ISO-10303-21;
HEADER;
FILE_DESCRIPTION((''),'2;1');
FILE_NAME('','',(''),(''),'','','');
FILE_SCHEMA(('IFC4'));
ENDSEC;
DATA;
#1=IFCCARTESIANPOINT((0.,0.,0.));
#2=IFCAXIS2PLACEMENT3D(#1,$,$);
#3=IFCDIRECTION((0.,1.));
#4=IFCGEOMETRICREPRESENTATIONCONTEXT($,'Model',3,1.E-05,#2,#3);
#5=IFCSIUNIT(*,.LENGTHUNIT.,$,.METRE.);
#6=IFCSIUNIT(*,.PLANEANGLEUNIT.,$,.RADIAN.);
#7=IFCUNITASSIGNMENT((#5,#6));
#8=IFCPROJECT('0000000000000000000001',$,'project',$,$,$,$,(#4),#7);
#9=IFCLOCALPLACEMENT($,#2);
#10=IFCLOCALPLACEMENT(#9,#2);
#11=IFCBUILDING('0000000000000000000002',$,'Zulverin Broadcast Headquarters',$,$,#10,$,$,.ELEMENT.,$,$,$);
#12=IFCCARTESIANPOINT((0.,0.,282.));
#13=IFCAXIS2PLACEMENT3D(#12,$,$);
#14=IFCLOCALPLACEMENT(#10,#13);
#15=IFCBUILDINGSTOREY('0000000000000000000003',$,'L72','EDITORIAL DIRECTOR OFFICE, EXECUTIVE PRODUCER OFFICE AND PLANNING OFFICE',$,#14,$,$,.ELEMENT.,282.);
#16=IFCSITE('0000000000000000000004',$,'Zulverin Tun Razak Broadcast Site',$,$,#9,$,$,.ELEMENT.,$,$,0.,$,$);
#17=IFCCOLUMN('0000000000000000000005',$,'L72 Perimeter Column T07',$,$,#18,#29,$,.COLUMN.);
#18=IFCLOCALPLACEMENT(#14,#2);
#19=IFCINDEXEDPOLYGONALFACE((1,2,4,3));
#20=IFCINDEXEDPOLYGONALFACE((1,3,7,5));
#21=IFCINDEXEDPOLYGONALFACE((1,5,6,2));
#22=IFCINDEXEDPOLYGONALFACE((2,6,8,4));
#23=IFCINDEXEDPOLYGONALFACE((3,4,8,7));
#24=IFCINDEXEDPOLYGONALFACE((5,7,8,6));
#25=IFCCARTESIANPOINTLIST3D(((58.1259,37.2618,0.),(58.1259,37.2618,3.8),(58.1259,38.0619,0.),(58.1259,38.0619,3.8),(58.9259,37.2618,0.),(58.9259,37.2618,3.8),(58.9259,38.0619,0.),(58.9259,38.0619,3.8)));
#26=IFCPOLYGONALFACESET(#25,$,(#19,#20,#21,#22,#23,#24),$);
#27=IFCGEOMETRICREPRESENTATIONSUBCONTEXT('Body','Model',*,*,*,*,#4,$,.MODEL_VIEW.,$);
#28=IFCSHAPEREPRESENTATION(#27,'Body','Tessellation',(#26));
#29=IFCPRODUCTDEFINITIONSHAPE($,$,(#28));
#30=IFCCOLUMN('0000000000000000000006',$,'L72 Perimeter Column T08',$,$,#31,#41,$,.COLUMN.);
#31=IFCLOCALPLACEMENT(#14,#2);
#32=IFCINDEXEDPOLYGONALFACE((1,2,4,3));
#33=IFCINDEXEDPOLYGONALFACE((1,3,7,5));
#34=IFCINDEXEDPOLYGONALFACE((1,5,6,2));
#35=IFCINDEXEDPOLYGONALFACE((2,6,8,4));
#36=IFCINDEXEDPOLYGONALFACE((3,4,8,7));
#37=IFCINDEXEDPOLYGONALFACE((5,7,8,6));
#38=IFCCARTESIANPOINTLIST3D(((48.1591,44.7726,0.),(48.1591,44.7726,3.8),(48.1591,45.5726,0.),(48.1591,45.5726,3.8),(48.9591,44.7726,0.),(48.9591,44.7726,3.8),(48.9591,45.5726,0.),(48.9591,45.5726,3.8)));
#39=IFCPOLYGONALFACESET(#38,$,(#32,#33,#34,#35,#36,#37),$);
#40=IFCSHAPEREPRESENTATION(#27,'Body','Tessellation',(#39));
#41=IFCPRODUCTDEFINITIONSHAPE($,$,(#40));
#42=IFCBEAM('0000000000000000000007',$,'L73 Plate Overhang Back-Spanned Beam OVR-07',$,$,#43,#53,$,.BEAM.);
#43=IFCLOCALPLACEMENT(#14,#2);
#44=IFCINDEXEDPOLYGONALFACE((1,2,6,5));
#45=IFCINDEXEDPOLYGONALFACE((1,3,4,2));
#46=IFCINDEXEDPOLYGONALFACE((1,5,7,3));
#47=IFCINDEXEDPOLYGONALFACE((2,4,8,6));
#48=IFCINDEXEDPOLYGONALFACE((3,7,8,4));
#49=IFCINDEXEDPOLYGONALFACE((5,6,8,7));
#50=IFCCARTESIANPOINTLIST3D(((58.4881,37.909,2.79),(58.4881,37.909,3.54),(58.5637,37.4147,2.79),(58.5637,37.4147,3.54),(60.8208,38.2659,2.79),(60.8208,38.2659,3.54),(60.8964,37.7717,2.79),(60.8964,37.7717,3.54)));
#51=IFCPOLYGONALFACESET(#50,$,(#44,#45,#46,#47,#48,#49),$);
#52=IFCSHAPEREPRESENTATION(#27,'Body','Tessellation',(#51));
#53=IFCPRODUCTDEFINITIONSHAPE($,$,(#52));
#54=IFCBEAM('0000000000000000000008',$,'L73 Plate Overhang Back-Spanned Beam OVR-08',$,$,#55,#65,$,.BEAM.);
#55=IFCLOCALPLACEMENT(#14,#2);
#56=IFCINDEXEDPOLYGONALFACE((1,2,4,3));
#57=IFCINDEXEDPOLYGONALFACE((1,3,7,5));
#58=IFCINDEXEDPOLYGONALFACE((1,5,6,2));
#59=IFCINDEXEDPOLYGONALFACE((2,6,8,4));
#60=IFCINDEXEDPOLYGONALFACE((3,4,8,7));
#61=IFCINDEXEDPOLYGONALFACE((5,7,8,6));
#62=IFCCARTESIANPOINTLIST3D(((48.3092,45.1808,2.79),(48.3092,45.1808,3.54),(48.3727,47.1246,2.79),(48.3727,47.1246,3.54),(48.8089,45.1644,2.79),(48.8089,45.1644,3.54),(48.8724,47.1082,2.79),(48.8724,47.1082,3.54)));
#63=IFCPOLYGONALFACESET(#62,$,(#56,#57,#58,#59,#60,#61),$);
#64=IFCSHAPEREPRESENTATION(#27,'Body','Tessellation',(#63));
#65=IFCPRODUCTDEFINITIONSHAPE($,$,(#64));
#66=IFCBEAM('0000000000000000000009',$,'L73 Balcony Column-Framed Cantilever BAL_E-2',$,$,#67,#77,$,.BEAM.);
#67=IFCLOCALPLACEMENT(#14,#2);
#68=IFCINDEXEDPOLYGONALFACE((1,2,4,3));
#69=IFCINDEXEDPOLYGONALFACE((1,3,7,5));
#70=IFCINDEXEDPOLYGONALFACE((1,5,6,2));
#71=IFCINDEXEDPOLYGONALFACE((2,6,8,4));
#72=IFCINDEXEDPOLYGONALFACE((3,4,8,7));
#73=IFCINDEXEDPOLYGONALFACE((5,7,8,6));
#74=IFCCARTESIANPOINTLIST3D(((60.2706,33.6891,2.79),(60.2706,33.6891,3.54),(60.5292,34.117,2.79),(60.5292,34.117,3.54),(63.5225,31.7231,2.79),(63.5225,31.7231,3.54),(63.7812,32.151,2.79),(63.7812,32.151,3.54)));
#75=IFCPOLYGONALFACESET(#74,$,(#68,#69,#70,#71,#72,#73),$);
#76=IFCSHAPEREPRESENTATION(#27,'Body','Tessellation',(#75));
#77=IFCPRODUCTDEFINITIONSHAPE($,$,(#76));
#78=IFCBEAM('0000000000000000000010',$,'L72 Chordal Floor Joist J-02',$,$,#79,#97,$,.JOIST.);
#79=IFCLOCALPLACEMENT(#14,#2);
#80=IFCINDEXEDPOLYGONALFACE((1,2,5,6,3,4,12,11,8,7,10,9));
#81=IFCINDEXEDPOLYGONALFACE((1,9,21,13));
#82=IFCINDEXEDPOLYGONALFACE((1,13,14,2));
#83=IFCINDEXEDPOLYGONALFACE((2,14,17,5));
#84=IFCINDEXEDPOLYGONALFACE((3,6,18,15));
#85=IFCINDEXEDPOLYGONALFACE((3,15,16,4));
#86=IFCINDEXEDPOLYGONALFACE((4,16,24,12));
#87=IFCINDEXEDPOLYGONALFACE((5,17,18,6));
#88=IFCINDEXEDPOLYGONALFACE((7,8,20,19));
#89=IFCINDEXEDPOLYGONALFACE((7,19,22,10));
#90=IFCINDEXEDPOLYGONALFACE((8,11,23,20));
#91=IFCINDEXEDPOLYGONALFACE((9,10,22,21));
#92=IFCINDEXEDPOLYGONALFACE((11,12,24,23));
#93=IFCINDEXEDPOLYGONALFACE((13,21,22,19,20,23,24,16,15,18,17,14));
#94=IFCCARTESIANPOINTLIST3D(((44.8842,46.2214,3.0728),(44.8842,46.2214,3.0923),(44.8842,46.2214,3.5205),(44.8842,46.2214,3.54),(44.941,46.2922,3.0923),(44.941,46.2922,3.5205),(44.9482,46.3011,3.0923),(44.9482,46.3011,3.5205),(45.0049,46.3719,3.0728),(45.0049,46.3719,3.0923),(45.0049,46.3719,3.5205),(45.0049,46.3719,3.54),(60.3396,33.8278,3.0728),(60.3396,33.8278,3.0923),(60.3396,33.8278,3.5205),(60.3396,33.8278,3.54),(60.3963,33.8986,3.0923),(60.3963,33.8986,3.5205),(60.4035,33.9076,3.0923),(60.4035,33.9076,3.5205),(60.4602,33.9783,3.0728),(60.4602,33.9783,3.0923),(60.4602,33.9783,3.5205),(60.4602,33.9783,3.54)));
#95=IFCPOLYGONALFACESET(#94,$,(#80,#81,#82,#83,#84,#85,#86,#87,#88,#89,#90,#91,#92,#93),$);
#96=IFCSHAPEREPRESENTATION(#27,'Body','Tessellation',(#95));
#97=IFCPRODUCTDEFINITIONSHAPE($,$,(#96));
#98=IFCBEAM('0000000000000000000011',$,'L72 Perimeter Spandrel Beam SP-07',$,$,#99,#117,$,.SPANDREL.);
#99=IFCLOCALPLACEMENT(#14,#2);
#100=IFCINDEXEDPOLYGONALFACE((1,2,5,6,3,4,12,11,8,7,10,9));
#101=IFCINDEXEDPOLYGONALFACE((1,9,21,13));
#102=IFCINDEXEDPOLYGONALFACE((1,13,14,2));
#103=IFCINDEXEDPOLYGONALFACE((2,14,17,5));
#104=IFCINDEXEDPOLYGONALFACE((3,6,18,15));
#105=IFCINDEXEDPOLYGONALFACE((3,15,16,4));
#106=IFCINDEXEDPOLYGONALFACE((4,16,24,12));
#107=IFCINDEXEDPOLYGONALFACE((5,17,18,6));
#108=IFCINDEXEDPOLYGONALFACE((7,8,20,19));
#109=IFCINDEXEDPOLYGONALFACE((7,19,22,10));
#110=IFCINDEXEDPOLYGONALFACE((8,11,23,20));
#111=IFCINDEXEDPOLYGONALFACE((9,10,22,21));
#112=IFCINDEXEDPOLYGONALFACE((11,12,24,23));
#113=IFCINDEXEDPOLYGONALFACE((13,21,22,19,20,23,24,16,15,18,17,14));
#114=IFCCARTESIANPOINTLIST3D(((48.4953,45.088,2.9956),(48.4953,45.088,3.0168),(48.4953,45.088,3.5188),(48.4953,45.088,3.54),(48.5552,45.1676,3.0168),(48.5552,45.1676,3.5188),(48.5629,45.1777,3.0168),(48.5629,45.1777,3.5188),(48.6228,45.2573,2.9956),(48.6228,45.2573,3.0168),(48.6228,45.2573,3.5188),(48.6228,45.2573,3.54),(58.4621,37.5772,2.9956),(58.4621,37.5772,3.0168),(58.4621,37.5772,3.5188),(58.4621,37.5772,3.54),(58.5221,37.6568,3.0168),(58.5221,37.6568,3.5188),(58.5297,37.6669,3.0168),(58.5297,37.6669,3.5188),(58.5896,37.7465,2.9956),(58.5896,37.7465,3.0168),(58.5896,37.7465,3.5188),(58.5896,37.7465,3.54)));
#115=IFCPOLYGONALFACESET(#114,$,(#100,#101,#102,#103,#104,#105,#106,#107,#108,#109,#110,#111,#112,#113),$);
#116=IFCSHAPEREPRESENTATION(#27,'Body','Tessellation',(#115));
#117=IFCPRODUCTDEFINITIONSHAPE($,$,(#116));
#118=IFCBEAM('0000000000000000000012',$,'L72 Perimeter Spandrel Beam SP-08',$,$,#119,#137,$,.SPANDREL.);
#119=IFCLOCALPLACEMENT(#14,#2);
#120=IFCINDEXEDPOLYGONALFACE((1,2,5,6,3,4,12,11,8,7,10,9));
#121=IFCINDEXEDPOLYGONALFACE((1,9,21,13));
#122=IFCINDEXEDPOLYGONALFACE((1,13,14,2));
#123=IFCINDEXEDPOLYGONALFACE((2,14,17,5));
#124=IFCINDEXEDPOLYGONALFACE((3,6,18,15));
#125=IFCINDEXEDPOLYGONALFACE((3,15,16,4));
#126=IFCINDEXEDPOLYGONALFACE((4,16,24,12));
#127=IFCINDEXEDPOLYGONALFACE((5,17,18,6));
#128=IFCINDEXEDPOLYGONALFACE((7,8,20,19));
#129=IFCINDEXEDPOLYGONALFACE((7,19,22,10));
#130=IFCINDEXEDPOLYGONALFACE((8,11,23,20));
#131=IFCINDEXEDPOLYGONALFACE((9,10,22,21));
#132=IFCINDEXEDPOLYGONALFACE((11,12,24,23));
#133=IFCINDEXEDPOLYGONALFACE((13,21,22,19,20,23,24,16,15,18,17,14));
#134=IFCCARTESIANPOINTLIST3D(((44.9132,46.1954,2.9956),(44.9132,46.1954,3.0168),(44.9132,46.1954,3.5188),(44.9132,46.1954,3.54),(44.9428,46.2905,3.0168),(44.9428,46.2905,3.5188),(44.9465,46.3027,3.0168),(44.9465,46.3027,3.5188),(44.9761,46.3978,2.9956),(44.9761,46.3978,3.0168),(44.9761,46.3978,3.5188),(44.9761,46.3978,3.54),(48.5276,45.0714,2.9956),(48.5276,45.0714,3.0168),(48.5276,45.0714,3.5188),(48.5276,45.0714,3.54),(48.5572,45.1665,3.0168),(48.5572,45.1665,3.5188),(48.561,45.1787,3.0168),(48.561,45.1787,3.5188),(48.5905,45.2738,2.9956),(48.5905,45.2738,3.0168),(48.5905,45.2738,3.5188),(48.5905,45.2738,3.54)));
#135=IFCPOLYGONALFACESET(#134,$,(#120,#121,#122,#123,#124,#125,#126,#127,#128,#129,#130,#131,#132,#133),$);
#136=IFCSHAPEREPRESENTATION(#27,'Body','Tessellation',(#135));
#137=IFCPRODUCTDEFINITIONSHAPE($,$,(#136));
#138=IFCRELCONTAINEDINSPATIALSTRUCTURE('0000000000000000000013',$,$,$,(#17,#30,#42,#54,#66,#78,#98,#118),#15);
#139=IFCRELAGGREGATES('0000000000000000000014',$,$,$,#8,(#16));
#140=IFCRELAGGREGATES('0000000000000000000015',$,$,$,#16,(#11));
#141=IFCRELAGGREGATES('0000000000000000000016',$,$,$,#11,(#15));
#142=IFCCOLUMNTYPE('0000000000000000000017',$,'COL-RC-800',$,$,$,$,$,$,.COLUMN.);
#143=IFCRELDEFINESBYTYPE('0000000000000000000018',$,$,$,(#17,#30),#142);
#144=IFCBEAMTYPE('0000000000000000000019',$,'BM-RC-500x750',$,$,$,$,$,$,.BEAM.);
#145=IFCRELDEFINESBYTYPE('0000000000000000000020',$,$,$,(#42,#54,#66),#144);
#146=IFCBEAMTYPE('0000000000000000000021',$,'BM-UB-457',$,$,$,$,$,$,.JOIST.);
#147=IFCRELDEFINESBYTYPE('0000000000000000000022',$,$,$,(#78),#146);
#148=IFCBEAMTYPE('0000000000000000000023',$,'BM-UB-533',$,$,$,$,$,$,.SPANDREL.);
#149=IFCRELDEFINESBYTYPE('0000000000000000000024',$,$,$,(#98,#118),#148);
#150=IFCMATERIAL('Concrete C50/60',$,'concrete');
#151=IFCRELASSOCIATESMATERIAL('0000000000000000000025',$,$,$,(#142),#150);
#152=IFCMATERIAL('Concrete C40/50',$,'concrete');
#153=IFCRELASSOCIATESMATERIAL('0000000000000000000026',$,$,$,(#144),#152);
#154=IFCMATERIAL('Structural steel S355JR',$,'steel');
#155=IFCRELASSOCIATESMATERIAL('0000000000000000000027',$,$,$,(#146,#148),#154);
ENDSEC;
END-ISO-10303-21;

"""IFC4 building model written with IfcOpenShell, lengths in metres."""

from ifc_helpers import new_model, si_unit, direction, frame, origin, origin_2d, place, context, subcontext, project, spatial, rectangle, i_section, extrude, material, material_profile, profile_set, type_object, element, save


model = new_model("IFC4")

# Units and contexts
model_context = context("Model", 3, precision=1e-05, world=origin(), true_north=direction((0.0, 1.0)))
body_context = subcontext(model_context, "Body", "Model", "MODEL_VIEW")
ifc_project = project(units=[si_unit("LENGTHUNIT", "METRE"), si_unit("PLANEANGLEUNIT", "RADIAN")], contexts=[model_context])

# Site, building, storey
site_placement = place(None, origin())
site = spatial("IfcSite", under=ifc_project, at=site_placement, Name="Zulverin Tun Razak Broadcast Site", CompositionType="ELEMENT", RefElevation=0.0)
building_placement = place(site_placement, origin())
building = spatial("IfcBuilding", under=site, at=building_placement, Name="Zulverin Broadcast Headquarters", CompositionType="ELEMENT")
storey_placement = place(building_placement, frame((0.0, 0.0, 282.0)))
storey = spatial("IfcBuildingStorey", under=building, at=storey_placement, Name="L72", Description="EDITORIAL DIRECTOR OFFICE, EXECUTIVE PRODUCER OFFICE AND PLANNING OFFICE", CompositionType="ELEMENT", Elevation=282.0)

# Columns
ifc_material_1 = material(Name="Concrete C50/60", Category="concrete")
ifc_material_profile_1 = material_profile(ifc_material_1, rectangle(XDim=0.8, YDim=0.8, at=origin_2d()), Name="Concrete C50/60", Category="concrete")
ifc_profile_set_1 = profile_set([ifc_material_profile_1], Name="Concrete C50/60")
column_type = type_object("IfcColumnType", Name="COL-RC-800", PredefinedType="COLUMN", material=ifc_profile_set_1)
for number, where, z_axis, x_axis, name in (
    (1, (58.5259, 37.6619, 0.0), (0.0, 0.0, 1.0), (1.0, 0.0, 0.0), "L72 Perimeter Column T07"),
    (2, (48.5591, 45.1726, 0.0), (0.0, 0.0, 1.0), (1.0, 0.0, 0.0), "L72 Perimeter Column T08"),
):
    element("IfcColumn", number, at=place(storey_placement, frame(where, z_axis=z_axis, x_axis=x_axis)), inside=storey, type_object=column_type, Name=name, PredefinedType="COLUMN", context=body_context, shape_type="SweptSolid", body=[
        extrude(rectangle(XDim=0.8, YDim=0.8, at=origin_2d()), origin(), (0.0, 0.0, 1.0), 3.8),
    ])

# Beams
ifc_material_2 = material(Name="Concrete C40/50", Category="concrete")
ifc_material_profile_2 = material_profile(ifc_material_2, rectangle(XDim=0.5, YDim=0.75, at=origin_2d()), Name="Concrete C40/50", Category="concrete")
ifc_profile_set_2 = profile_set([ifc_material_profile_2], Name="Concrete C40/50")
beam_type_1 = type_object("IfcBeamType", Name="BM-RC-500x750", PredefinedType="BEAM", material=ifc_profile_set_2)
beam_1_placement = place(storey_placement, frame((58.5259, 37.6619, 3.165), z_axis=(0.988496, 0.151249, 0.0), x_axis=(-0.151249, 0.988496, 0.0)))
element("IfcBeam", 3, at=beam_1_placement, inside=storey, type_object=beam_type_1, Name="L73 Plate Overhang Back-Spanned Beam OVR-07", PredefinedType="BEAM", context=body_context, shape_type="SweptSolid", body=[
    extrude(rectangle(XDim=0.5, YDim=0.75, at=origin_2d()), origin(), (0.0, 0.0, 1.0), 2.3599),
])
beam_2_placement = place(storey_placement, frame((48.5591, 45.1726, 3.165), z_axis=(0.032638, 0.999467, 0.0), x_axis=(-0.999467, 0.032638, 0.0)))
element("IfcBeam", 4, at=beam_2_placement, inside=storey, type_object=beam_type_1, Name="L73 Plate Overhang Back-Spanned Beam OVR-08", PredefinedType="BEAM", context=body_context, shape_type="SweptSolid", body=[
    extrude(rectangle(XDim=0.5, YDim=0.75, at=origin_2d()), origin(), (0.0, 0.0, 1.0), 1.9448),
])
beam_3_placement = place(storey_placement, frame((60.3999, 33.9031, 3.165), z_axis=(0.855759, -0.517374, 0.0), x_axis=(0.517374, 0.855759, 0.0)))
element("IfcBeam", 5, at=beam_3_placement, inside=storey, type_object=beam_type_1, Name="L73 Balcony Column-Framed Cantilever BAL_E-2", PredefinedType="BEAM", context=body_context, shape_type="SweptSolid", body=[
    extrude(rectangle(XDim=0.5, YDim=0.75, at=origin_2d()), origin(), (0.0, 0.0, 1.0), 3.8),
])
ifc_material_3 = material(Name="Structural steel S355JR", Category="steel")
ifc_material_profile_3 = material_profile(ifc_material_3, i_section(OverallWidth=0.1929, OverallDepth=0.4673, WebThickness=0.0115, FlangeThickness=0.0195, at=origin_2d()), Name="Structural steel S355JR", Category="steel")
ifc_profile_set_3 = profile_set([ifc_material_profile_3], Name="Structural steel S355JR")
beam_type_2 = type_object("IfcBeamType", Name="BM-UB-457", PredefinedType="JOIST", material=ifc_profile_set_3)
beam_4_placement = place(storey_placement, frame((60.3999, 33.9031, 3.3064), z_axis=(-0.780147, 0.625596, 0.0), x_axis=(-0.625596, -0.780147, 0.0)))
element("IfcBeam", 6, at=beam_4_placement, inside=storey, type_object=beam_type_2, Name="L72 Chordal Floor Joist J-02", PredefinedType="JOIST", context=body_context, shape_type="SweptSolid", body=[
    extrude(i_section(OverallWidth=0.1929, OverallDepth=0.4673, WebThickness=0.0115, FlangeThickness=0.0195, at=origin_2d()), origin(), (0.0, 0.0, 1.0), 19.8108),
])
ifc_material_profile_4 = material_profile(ifc_material_3, i_section(OverallWidth=0.2119, OverallDepth=0.5444, WebThickness=0.0127, FlangeThickness=0.0212, at=origin_2d()), Name="Structural steel S355JR", Category="steel")
ifc_profile_set_4 = profile_set([ifc_material_profile_4], Name="Structural steel S355JR")
beam_type_3 = type_object("IfcBeamType", Name="BM-UB-533", PredefinedType="SPANDREL", material=ifc_profile_set_4)
beam_5_placement = place(storey_placement, frame((58.5259, 37.6619, 3.2678), z_axis=(-0.798627, 0.601826, 0.0), x_axis=(-0.601826, -0.798627, 0.0)))
element("IfcBeam", 7, at=beam_5_placement, inside=storey, type_object=beam_type_3, Name="L72 Perimeter Spandrel Beam SP-07", PredefinedType="SPANDREL", context=body_context, shape_type="SweptSolid", body=[
    extrude(i_section(OverallWidth=0.2119, OverallDepth=0.5444, WebThickness=0.0127, FlangeThickness=0.0212, at=origin_2d()), origin(), (0.0, 0.0, 1.0), 12.48),
])
beam_6_placement = place(storey_placement, frame((48.5591, 45.1726, 3.2678), z_axis=(-0.954893, 0.296949, 0.0), x_axis=(-0.296949, -0.954893, 0.0)))
element("IfcBeam", 8, at=beam_6_placement, inside=storey, type_object=beam_type_3, Name="L72 Perimeter Spandrel Beam SP-08", PredefinedType="SPANDREL", context=body_context, shape_type="SweptSolid", body=[
    extrude(i_section(OverallWidth=0.2119, OverallDepth=0.5444, WebThickness=0.0127, FlangeThickness=0.0212, at=origin_2d()), origin(), (0.0, 0.0, 1.0), 3.7852),
])

save(model, "model.ifc")
